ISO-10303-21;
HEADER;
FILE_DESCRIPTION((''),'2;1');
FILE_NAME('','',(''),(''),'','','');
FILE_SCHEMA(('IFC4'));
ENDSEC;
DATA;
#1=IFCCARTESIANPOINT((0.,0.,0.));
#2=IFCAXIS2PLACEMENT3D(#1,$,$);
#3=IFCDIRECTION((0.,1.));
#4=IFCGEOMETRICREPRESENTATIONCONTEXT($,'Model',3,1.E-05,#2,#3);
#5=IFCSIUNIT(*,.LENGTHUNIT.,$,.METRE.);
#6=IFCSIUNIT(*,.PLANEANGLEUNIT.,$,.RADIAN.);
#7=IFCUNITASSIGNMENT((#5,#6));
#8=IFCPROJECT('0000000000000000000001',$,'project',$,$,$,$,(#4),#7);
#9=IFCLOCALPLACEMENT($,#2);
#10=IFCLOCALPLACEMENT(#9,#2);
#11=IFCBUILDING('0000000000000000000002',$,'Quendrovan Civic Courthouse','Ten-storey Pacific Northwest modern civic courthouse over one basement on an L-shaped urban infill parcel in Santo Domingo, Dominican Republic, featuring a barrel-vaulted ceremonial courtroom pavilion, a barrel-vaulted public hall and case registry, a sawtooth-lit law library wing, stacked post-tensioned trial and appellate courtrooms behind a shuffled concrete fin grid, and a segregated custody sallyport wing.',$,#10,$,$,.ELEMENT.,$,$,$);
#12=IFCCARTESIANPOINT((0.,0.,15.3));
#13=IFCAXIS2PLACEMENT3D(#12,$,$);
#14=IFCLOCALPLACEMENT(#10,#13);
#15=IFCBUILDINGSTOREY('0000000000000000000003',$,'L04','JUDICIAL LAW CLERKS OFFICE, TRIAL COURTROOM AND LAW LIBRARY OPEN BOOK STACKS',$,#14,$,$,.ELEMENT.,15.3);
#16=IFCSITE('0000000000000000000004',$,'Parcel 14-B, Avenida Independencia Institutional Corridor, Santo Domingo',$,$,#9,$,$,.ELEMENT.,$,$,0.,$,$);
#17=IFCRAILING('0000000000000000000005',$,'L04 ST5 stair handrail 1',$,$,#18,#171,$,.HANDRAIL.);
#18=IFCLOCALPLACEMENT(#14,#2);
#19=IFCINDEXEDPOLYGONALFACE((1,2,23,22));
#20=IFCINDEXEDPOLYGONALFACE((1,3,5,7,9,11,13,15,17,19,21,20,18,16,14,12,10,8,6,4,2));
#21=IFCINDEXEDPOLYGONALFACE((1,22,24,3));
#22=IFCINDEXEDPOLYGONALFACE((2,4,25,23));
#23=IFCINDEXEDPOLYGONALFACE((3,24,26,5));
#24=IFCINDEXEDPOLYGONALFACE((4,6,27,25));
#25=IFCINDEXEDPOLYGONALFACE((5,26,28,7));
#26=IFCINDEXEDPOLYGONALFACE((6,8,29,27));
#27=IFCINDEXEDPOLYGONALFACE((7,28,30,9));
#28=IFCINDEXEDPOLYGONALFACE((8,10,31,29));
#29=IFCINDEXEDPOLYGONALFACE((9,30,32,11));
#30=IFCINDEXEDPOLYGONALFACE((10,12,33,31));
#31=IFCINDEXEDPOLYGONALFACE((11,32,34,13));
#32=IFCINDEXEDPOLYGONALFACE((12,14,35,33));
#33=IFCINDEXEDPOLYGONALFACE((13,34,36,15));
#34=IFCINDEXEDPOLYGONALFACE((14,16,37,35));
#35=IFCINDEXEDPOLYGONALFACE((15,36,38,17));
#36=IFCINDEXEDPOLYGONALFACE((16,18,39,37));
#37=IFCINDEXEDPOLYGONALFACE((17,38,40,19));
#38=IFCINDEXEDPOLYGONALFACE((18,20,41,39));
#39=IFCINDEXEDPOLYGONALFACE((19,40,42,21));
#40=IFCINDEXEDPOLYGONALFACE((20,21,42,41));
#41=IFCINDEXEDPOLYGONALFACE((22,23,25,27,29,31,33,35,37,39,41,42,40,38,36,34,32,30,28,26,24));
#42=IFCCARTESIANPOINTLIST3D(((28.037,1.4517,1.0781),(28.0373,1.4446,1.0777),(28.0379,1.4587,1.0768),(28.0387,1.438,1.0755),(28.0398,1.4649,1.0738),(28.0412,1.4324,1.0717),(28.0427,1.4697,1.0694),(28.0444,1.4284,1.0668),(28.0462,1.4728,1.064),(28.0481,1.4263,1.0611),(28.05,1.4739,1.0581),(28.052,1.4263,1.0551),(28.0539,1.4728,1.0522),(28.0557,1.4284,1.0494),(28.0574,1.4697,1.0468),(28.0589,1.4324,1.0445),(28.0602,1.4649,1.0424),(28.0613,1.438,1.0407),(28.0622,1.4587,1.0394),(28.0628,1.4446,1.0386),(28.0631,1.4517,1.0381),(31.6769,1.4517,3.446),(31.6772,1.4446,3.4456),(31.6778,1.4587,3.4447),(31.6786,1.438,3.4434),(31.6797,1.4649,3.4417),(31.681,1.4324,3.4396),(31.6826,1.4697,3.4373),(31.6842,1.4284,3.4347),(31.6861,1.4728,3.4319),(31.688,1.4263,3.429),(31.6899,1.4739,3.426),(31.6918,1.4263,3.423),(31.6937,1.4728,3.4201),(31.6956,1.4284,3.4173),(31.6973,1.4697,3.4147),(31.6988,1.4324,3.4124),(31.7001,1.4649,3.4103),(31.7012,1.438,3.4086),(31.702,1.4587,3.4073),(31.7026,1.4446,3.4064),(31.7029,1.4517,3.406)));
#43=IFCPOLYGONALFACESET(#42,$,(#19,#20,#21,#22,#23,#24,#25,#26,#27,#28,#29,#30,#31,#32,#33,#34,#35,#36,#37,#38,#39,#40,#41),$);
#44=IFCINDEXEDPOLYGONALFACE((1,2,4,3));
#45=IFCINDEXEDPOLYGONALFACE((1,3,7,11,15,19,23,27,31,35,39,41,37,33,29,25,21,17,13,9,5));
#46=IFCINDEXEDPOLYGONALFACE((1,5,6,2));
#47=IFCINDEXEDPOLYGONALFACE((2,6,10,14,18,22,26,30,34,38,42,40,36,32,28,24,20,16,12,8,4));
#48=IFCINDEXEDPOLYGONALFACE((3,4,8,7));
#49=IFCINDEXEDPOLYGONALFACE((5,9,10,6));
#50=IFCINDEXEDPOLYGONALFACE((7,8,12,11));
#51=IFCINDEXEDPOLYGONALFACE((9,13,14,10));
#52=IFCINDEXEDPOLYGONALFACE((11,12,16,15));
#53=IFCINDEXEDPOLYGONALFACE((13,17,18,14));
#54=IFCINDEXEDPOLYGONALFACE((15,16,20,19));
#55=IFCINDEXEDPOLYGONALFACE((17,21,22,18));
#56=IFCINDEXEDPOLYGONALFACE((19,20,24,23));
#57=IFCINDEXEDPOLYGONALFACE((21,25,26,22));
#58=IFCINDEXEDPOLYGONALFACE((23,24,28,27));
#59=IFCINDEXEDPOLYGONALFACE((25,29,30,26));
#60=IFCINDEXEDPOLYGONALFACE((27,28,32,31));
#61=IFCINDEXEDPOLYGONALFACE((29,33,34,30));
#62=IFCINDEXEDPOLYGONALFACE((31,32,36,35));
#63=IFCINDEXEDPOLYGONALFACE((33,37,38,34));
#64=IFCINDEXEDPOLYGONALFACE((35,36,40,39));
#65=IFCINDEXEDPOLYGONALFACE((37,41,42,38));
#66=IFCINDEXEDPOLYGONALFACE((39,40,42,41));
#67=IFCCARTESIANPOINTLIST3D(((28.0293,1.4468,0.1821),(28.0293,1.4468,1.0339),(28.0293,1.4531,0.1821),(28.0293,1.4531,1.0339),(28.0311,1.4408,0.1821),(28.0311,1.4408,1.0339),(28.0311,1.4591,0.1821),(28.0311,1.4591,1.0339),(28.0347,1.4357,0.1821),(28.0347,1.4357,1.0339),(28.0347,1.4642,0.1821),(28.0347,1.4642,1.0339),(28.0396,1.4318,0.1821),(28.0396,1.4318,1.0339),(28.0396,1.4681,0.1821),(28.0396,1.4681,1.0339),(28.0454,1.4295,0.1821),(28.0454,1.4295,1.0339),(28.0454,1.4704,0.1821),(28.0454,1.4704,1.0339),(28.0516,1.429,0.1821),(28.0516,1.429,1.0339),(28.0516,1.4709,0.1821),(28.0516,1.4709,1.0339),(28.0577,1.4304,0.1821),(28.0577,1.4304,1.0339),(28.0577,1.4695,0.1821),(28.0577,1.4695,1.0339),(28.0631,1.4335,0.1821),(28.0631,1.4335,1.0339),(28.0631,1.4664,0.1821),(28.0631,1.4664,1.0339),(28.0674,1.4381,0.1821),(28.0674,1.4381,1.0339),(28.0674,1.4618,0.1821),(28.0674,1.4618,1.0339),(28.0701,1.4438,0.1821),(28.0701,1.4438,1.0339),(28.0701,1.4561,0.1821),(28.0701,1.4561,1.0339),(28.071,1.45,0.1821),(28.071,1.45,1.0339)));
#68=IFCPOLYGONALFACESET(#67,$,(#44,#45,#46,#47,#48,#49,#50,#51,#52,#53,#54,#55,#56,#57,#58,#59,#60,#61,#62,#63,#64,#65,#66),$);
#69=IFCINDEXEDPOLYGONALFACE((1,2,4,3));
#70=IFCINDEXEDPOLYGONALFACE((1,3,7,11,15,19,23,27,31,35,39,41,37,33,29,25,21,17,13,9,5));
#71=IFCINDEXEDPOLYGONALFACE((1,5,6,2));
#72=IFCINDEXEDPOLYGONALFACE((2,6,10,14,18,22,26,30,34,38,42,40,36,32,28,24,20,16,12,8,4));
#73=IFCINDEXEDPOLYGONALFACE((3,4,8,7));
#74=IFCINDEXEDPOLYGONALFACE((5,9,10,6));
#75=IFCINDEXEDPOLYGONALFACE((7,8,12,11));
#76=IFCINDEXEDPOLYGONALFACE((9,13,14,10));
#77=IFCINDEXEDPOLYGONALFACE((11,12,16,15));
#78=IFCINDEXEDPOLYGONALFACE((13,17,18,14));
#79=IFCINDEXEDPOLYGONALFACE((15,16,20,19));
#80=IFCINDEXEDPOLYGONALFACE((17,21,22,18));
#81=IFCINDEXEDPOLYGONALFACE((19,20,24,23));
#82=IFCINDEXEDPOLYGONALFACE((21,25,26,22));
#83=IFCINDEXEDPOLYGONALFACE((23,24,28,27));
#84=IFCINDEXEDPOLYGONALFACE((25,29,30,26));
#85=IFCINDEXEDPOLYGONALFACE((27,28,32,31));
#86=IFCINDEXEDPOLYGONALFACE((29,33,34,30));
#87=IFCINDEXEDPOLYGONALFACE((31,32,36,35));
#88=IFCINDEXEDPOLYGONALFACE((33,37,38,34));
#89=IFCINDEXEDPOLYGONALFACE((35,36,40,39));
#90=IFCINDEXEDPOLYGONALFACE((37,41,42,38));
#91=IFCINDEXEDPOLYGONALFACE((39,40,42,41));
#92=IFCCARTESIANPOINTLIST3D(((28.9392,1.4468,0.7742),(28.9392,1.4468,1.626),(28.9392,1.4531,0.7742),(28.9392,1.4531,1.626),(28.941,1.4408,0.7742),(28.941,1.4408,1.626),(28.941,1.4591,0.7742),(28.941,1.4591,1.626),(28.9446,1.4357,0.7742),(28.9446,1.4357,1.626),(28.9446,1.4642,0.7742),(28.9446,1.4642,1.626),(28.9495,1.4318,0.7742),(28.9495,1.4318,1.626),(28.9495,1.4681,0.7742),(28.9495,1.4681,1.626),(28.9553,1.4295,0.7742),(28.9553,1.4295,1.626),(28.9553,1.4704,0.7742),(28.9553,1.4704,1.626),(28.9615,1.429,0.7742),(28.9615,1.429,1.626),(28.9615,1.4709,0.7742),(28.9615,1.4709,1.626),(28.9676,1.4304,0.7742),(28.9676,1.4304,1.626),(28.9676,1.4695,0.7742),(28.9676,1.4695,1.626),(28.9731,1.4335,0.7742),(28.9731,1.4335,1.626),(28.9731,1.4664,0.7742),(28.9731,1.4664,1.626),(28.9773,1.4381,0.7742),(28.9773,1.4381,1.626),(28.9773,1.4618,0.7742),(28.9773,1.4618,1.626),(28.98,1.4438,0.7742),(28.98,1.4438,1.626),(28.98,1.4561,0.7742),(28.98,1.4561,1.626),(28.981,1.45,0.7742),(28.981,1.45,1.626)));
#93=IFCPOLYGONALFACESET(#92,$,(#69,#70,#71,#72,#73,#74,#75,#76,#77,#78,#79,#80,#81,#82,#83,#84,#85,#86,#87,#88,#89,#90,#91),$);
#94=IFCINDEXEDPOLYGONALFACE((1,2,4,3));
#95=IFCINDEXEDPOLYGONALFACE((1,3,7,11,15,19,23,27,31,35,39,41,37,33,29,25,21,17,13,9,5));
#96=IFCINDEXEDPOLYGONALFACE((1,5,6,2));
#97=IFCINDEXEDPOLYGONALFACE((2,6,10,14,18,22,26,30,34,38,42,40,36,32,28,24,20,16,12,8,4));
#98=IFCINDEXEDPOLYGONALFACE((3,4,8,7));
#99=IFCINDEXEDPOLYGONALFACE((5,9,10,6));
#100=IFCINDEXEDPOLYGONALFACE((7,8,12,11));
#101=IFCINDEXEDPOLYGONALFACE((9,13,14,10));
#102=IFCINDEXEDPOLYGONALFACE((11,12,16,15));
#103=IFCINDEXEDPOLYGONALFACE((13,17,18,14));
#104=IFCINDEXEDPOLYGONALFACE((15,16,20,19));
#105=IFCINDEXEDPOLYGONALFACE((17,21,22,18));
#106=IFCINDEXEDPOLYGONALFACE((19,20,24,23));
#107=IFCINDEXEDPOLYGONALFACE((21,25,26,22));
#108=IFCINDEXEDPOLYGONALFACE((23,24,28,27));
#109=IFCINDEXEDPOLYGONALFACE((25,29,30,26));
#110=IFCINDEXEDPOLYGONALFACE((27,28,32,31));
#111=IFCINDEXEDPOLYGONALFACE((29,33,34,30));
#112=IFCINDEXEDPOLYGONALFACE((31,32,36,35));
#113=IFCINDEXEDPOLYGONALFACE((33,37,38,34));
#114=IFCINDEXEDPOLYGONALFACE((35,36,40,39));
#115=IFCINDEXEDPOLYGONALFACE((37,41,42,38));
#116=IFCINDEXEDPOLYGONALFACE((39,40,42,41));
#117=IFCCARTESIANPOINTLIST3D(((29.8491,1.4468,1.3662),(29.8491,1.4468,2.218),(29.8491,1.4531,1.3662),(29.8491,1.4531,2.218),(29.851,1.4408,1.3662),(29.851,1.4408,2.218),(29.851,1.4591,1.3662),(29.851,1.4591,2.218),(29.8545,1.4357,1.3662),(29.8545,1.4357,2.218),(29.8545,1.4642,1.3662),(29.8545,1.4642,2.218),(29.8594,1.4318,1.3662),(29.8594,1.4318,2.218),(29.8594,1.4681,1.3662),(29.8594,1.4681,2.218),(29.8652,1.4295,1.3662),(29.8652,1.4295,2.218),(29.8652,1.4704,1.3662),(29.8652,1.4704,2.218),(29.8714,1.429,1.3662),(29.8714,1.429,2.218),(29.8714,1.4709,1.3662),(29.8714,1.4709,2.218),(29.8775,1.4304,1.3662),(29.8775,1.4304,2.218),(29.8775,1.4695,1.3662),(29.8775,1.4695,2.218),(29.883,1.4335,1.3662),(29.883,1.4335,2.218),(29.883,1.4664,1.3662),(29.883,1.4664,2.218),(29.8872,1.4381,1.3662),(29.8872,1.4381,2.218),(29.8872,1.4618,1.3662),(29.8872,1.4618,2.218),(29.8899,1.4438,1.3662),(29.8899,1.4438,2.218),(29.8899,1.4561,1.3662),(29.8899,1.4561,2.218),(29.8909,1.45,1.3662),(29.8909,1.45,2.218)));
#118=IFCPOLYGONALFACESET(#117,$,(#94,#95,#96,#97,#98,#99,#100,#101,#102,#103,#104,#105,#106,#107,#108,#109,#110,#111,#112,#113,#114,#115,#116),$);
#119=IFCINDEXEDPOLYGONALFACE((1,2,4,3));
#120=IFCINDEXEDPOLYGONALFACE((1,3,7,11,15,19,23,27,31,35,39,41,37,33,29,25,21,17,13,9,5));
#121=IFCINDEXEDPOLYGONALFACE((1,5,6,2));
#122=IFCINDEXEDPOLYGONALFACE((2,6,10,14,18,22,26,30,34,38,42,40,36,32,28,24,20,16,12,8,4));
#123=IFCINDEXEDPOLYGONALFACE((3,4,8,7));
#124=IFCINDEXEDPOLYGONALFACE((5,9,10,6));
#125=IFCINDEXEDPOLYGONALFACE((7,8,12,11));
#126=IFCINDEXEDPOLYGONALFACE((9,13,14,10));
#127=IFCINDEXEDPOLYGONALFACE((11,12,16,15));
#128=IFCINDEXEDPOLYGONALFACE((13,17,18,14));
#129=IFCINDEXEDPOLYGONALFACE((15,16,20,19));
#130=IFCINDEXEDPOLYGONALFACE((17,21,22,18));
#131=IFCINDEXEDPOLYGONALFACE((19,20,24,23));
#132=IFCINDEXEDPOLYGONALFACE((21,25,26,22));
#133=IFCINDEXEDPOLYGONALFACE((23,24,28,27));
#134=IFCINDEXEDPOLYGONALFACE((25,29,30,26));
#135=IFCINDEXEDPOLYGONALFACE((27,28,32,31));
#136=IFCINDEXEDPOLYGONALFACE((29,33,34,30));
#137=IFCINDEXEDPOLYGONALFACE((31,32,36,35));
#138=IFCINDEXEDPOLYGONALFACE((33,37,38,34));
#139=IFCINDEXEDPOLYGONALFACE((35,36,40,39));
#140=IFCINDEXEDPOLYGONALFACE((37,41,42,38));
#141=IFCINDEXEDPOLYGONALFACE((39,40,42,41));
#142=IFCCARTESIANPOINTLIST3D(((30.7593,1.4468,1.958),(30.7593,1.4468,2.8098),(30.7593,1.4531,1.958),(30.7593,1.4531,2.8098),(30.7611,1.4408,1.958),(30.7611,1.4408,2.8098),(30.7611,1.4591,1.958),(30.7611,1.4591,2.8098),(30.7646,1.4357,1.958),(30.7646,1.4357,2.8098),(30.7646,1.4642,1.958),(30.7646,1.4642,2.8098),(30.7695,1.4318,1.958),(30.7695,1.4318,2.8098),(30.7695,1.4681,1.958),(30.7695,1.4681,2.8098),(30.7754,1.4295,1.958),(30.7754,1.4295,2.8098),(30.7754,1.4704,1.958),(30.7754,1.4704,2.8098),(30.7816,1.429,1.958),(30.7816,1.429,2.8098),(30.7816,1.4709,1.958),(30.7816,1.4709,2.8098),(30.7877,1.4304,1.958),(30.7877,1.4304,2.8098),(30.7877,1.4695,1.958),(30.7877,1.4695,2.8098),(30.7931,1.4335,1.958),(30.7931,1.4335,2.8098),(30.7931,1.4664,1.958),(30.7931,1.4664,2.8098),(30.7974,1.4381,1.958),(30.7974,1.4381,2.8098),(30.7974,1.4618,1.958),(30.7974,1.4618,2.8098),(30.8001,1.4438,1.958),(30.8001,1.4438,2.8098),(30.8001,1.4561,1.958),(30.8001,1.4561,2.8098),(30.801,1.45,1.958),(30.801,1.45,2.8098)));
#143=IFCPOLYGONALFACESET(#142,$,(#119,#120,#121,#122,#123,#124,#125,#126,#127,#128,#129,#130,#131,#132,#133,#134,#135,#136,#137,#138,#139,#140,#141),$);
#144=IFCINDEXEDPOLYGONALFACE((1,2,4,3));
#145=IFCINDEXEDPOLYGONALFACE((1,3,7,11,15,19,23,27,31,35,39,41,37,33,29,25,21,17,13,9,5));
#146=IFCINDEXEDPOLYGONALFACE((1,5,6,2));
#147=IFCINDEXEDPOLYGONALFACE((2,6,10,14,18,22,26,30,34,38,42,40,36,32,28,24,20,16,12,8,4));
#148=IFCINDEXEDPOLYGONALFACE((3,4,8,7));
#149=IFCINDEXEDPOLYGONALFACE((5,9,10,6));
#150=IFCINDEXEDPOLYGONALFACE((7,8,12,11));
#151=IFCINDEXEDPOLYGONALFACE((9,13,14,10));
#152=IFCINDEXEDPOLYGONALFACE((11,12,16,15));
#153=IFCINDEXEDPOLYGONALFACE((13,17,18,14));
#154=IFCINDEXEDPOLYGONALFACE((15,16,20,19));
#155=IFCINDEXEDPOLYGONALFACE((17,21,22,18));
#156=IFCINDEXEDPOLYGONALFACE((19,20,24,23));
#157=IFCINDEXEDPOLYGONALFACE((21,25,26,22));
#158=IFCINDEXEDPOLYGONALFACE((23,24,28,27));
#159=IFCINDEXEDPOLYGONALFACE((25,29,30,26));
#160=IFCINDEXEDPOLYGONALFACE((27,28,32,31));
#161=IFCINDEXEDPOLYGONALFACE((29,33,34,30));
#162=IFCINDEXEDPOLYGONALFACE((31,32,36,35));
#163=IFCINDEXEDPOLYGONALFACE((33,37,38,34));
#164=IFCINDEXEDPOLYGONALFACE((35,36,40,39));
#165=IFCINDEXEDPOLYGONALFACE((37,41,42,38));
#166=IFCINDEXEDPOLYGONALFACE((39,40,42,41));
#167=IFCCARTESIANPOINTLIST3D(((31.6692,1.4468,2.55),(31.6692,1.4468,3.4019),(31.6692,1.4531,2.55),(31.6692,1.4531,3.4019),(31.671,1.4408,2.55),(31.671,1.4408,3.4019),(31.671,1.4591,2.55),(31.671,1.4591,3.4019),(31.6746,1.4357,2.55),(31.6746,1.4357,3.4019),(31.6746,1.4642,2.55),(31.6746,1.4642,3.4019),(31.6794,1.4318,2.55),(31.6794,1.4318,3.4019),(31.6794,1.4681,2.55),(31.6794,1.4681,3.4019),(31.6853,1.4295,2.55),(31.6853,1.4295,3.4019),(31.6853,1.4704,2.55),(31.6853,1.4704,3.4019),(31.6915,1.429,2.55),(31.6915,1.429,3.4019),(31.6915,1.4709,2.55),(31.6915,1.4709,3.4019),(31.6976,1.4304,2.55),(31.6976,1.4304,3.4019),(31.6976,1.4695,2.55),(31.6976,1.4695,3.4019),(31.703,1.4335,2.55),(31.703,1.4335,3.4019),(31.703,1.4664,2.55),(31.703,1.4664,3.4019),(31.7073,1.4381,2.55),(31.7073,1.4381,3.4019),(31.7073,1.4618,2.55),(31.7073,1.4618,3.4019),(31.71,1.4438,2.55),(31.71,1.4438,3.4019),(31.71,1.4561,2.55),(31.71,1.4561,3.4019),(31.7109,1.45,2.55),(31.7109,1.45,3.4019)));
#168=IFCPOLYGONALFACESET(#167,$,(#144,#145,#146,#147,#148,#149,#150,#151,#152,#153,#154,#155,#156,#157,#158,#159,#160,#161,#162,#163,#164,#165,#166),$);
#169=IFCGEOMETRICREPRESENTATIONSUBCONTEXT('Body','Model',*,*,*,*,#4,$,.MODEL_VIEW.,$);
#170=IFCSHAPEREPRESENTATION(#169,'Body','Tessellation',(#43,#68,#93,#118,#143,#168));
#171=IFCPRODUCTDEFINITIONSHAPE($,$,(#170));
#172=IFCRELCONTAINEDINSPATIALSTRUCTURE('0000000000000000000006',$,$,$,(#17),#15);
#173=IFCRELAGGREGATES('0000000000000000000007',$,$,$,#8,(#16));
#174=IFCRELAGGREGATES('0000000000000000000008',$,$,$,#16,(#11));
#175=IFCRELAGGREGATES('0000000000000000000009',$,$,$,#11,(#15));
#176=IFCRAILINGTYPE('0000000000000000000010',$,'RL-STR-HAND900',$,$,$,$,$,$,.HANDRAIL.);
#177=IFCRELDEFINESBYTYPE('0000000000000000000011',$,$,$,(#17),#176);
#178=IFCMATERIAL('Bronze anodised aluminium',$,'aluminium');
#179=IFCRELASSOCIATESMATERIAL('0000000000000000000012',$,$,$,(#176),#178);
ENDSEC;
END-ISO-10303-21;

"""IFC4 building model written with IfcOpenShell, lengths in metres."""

from ifc_helpers import new_model, si_unit, direction, frame, origin, origin_2d, place, context, subcontext, project, spatial, circle, extrude, material, type_object, element, save


model = new_model("IFC4")

# Units and contexts
model_context = context("Model", 3, precision=1e-05, world=origin(), true_north=direction((0.0, 1.0)))
body_context = subcontext(model_context, "Body", "Model", "MODEL_VIEW")
ifc_project = project(units=[si_unit("LENGTHUNIT", "METRE"), si_unit("PLANEANGLEUNIT", "RADIAN")], contexts=[model_context])

# Site, building, storey
site_placement = place(None, origin())
site = spatial("IfcSite", under=ifc_project, at=site_placement, Name="Parcel 14-B, Avenida Independencia Institutional Corridor, Santo Domingo", CompositionType="ELEMENT", RefElevation=0.0)
building_placement = place(site_placement, origin())
building = spatial("IfcBuilding", under=site, at=building_placement, Name="Quendrovan Civic Courthouse", Description="Ten-storey Pacific Northwest modern civic courthouse over one basement on an L-shaped urban infill parcel in Santo Domingo, Dominican Republic, featuring a barrel-vaulted ceremonial courtroom pavilion, a barrel-vaulted public hall and case registry, a sawtooth-lit law library wing, stacked post-tensioned trial and appellate courtrooms behind a shuffled concrete fin grid, and a segregated custody sallyport wing.", CompositionType="ELEMENT")
storey_placement = place(building_placement, frame((0.0, 0.0, 15.3)))
storey = spatial("IfcBuildingStorey", under=building, at=storey_placement, Name="L04", Description="JUDICIAL LAW CLERKS OFFICE, TRIAL COURTROOM AND LAW LIBRARY OPEN BOOK STACKS", CompositionType="ELEMENT", Elevation=15.3)

# Railing
ifc_material_1 = material(Name="Bronze anodised aluminium", Category="aluminium")
railing_type_1 = type_object("IfcRailingType", Name="RL-STR-HAND900", PredefinedType="HANDRAIL", material=ifc_material_1)
railing_1_placement = place(storey_placement, frame((28.05, 1.45, 0.1821)))
element("IfcRailing", 1, at=railing_1_placement, inside=storey, type_object=railing_type_1, Name="L04 ST5 stair handrail 1", PredefinedType="HANDRAIL", context=body_context, shape_type="SweptSolid", body=[
    extrude(circle(Radius=0.0239, at=origin_2d()), frame((0.0, 0.0, 0.876), z_axis=(0.838234, 0.0, 0.54531), x_axis=(0.0, 1.0, 0.0)), (0.0, 0.0, 1.0), 4.3423),
    extrude(circle(Radius=0.021, at=origin_2d()), origin(), (0.0, 0.0, 1.0), 0.8518),
    extrude(circle(Radius=0.021, at=origin_2d()), frame((0.9099, 0.0, 0.592)), (0.0, 0.0, 1.0), 0.8518),
    extrude(circle(Radius=0.021, at=origin_2d()), frame((1.8198, 0.0, 1.1841)), (0.0, 0.0, 1.0), 0.8518),
    extrude(circle(Radius=0.021, at=origin_2d()), frame((2.73, 0.0, 1.7759)), (0.0, 0.0, 1.0), 0.8518),
    extrude(circle(Radius=0.021, at=origin_2d()), frame((3.6399, 0.0, 2.3679)), (0.0, 0.0, 1.0), 0.8518),
])

save(model, "model.ifc")
